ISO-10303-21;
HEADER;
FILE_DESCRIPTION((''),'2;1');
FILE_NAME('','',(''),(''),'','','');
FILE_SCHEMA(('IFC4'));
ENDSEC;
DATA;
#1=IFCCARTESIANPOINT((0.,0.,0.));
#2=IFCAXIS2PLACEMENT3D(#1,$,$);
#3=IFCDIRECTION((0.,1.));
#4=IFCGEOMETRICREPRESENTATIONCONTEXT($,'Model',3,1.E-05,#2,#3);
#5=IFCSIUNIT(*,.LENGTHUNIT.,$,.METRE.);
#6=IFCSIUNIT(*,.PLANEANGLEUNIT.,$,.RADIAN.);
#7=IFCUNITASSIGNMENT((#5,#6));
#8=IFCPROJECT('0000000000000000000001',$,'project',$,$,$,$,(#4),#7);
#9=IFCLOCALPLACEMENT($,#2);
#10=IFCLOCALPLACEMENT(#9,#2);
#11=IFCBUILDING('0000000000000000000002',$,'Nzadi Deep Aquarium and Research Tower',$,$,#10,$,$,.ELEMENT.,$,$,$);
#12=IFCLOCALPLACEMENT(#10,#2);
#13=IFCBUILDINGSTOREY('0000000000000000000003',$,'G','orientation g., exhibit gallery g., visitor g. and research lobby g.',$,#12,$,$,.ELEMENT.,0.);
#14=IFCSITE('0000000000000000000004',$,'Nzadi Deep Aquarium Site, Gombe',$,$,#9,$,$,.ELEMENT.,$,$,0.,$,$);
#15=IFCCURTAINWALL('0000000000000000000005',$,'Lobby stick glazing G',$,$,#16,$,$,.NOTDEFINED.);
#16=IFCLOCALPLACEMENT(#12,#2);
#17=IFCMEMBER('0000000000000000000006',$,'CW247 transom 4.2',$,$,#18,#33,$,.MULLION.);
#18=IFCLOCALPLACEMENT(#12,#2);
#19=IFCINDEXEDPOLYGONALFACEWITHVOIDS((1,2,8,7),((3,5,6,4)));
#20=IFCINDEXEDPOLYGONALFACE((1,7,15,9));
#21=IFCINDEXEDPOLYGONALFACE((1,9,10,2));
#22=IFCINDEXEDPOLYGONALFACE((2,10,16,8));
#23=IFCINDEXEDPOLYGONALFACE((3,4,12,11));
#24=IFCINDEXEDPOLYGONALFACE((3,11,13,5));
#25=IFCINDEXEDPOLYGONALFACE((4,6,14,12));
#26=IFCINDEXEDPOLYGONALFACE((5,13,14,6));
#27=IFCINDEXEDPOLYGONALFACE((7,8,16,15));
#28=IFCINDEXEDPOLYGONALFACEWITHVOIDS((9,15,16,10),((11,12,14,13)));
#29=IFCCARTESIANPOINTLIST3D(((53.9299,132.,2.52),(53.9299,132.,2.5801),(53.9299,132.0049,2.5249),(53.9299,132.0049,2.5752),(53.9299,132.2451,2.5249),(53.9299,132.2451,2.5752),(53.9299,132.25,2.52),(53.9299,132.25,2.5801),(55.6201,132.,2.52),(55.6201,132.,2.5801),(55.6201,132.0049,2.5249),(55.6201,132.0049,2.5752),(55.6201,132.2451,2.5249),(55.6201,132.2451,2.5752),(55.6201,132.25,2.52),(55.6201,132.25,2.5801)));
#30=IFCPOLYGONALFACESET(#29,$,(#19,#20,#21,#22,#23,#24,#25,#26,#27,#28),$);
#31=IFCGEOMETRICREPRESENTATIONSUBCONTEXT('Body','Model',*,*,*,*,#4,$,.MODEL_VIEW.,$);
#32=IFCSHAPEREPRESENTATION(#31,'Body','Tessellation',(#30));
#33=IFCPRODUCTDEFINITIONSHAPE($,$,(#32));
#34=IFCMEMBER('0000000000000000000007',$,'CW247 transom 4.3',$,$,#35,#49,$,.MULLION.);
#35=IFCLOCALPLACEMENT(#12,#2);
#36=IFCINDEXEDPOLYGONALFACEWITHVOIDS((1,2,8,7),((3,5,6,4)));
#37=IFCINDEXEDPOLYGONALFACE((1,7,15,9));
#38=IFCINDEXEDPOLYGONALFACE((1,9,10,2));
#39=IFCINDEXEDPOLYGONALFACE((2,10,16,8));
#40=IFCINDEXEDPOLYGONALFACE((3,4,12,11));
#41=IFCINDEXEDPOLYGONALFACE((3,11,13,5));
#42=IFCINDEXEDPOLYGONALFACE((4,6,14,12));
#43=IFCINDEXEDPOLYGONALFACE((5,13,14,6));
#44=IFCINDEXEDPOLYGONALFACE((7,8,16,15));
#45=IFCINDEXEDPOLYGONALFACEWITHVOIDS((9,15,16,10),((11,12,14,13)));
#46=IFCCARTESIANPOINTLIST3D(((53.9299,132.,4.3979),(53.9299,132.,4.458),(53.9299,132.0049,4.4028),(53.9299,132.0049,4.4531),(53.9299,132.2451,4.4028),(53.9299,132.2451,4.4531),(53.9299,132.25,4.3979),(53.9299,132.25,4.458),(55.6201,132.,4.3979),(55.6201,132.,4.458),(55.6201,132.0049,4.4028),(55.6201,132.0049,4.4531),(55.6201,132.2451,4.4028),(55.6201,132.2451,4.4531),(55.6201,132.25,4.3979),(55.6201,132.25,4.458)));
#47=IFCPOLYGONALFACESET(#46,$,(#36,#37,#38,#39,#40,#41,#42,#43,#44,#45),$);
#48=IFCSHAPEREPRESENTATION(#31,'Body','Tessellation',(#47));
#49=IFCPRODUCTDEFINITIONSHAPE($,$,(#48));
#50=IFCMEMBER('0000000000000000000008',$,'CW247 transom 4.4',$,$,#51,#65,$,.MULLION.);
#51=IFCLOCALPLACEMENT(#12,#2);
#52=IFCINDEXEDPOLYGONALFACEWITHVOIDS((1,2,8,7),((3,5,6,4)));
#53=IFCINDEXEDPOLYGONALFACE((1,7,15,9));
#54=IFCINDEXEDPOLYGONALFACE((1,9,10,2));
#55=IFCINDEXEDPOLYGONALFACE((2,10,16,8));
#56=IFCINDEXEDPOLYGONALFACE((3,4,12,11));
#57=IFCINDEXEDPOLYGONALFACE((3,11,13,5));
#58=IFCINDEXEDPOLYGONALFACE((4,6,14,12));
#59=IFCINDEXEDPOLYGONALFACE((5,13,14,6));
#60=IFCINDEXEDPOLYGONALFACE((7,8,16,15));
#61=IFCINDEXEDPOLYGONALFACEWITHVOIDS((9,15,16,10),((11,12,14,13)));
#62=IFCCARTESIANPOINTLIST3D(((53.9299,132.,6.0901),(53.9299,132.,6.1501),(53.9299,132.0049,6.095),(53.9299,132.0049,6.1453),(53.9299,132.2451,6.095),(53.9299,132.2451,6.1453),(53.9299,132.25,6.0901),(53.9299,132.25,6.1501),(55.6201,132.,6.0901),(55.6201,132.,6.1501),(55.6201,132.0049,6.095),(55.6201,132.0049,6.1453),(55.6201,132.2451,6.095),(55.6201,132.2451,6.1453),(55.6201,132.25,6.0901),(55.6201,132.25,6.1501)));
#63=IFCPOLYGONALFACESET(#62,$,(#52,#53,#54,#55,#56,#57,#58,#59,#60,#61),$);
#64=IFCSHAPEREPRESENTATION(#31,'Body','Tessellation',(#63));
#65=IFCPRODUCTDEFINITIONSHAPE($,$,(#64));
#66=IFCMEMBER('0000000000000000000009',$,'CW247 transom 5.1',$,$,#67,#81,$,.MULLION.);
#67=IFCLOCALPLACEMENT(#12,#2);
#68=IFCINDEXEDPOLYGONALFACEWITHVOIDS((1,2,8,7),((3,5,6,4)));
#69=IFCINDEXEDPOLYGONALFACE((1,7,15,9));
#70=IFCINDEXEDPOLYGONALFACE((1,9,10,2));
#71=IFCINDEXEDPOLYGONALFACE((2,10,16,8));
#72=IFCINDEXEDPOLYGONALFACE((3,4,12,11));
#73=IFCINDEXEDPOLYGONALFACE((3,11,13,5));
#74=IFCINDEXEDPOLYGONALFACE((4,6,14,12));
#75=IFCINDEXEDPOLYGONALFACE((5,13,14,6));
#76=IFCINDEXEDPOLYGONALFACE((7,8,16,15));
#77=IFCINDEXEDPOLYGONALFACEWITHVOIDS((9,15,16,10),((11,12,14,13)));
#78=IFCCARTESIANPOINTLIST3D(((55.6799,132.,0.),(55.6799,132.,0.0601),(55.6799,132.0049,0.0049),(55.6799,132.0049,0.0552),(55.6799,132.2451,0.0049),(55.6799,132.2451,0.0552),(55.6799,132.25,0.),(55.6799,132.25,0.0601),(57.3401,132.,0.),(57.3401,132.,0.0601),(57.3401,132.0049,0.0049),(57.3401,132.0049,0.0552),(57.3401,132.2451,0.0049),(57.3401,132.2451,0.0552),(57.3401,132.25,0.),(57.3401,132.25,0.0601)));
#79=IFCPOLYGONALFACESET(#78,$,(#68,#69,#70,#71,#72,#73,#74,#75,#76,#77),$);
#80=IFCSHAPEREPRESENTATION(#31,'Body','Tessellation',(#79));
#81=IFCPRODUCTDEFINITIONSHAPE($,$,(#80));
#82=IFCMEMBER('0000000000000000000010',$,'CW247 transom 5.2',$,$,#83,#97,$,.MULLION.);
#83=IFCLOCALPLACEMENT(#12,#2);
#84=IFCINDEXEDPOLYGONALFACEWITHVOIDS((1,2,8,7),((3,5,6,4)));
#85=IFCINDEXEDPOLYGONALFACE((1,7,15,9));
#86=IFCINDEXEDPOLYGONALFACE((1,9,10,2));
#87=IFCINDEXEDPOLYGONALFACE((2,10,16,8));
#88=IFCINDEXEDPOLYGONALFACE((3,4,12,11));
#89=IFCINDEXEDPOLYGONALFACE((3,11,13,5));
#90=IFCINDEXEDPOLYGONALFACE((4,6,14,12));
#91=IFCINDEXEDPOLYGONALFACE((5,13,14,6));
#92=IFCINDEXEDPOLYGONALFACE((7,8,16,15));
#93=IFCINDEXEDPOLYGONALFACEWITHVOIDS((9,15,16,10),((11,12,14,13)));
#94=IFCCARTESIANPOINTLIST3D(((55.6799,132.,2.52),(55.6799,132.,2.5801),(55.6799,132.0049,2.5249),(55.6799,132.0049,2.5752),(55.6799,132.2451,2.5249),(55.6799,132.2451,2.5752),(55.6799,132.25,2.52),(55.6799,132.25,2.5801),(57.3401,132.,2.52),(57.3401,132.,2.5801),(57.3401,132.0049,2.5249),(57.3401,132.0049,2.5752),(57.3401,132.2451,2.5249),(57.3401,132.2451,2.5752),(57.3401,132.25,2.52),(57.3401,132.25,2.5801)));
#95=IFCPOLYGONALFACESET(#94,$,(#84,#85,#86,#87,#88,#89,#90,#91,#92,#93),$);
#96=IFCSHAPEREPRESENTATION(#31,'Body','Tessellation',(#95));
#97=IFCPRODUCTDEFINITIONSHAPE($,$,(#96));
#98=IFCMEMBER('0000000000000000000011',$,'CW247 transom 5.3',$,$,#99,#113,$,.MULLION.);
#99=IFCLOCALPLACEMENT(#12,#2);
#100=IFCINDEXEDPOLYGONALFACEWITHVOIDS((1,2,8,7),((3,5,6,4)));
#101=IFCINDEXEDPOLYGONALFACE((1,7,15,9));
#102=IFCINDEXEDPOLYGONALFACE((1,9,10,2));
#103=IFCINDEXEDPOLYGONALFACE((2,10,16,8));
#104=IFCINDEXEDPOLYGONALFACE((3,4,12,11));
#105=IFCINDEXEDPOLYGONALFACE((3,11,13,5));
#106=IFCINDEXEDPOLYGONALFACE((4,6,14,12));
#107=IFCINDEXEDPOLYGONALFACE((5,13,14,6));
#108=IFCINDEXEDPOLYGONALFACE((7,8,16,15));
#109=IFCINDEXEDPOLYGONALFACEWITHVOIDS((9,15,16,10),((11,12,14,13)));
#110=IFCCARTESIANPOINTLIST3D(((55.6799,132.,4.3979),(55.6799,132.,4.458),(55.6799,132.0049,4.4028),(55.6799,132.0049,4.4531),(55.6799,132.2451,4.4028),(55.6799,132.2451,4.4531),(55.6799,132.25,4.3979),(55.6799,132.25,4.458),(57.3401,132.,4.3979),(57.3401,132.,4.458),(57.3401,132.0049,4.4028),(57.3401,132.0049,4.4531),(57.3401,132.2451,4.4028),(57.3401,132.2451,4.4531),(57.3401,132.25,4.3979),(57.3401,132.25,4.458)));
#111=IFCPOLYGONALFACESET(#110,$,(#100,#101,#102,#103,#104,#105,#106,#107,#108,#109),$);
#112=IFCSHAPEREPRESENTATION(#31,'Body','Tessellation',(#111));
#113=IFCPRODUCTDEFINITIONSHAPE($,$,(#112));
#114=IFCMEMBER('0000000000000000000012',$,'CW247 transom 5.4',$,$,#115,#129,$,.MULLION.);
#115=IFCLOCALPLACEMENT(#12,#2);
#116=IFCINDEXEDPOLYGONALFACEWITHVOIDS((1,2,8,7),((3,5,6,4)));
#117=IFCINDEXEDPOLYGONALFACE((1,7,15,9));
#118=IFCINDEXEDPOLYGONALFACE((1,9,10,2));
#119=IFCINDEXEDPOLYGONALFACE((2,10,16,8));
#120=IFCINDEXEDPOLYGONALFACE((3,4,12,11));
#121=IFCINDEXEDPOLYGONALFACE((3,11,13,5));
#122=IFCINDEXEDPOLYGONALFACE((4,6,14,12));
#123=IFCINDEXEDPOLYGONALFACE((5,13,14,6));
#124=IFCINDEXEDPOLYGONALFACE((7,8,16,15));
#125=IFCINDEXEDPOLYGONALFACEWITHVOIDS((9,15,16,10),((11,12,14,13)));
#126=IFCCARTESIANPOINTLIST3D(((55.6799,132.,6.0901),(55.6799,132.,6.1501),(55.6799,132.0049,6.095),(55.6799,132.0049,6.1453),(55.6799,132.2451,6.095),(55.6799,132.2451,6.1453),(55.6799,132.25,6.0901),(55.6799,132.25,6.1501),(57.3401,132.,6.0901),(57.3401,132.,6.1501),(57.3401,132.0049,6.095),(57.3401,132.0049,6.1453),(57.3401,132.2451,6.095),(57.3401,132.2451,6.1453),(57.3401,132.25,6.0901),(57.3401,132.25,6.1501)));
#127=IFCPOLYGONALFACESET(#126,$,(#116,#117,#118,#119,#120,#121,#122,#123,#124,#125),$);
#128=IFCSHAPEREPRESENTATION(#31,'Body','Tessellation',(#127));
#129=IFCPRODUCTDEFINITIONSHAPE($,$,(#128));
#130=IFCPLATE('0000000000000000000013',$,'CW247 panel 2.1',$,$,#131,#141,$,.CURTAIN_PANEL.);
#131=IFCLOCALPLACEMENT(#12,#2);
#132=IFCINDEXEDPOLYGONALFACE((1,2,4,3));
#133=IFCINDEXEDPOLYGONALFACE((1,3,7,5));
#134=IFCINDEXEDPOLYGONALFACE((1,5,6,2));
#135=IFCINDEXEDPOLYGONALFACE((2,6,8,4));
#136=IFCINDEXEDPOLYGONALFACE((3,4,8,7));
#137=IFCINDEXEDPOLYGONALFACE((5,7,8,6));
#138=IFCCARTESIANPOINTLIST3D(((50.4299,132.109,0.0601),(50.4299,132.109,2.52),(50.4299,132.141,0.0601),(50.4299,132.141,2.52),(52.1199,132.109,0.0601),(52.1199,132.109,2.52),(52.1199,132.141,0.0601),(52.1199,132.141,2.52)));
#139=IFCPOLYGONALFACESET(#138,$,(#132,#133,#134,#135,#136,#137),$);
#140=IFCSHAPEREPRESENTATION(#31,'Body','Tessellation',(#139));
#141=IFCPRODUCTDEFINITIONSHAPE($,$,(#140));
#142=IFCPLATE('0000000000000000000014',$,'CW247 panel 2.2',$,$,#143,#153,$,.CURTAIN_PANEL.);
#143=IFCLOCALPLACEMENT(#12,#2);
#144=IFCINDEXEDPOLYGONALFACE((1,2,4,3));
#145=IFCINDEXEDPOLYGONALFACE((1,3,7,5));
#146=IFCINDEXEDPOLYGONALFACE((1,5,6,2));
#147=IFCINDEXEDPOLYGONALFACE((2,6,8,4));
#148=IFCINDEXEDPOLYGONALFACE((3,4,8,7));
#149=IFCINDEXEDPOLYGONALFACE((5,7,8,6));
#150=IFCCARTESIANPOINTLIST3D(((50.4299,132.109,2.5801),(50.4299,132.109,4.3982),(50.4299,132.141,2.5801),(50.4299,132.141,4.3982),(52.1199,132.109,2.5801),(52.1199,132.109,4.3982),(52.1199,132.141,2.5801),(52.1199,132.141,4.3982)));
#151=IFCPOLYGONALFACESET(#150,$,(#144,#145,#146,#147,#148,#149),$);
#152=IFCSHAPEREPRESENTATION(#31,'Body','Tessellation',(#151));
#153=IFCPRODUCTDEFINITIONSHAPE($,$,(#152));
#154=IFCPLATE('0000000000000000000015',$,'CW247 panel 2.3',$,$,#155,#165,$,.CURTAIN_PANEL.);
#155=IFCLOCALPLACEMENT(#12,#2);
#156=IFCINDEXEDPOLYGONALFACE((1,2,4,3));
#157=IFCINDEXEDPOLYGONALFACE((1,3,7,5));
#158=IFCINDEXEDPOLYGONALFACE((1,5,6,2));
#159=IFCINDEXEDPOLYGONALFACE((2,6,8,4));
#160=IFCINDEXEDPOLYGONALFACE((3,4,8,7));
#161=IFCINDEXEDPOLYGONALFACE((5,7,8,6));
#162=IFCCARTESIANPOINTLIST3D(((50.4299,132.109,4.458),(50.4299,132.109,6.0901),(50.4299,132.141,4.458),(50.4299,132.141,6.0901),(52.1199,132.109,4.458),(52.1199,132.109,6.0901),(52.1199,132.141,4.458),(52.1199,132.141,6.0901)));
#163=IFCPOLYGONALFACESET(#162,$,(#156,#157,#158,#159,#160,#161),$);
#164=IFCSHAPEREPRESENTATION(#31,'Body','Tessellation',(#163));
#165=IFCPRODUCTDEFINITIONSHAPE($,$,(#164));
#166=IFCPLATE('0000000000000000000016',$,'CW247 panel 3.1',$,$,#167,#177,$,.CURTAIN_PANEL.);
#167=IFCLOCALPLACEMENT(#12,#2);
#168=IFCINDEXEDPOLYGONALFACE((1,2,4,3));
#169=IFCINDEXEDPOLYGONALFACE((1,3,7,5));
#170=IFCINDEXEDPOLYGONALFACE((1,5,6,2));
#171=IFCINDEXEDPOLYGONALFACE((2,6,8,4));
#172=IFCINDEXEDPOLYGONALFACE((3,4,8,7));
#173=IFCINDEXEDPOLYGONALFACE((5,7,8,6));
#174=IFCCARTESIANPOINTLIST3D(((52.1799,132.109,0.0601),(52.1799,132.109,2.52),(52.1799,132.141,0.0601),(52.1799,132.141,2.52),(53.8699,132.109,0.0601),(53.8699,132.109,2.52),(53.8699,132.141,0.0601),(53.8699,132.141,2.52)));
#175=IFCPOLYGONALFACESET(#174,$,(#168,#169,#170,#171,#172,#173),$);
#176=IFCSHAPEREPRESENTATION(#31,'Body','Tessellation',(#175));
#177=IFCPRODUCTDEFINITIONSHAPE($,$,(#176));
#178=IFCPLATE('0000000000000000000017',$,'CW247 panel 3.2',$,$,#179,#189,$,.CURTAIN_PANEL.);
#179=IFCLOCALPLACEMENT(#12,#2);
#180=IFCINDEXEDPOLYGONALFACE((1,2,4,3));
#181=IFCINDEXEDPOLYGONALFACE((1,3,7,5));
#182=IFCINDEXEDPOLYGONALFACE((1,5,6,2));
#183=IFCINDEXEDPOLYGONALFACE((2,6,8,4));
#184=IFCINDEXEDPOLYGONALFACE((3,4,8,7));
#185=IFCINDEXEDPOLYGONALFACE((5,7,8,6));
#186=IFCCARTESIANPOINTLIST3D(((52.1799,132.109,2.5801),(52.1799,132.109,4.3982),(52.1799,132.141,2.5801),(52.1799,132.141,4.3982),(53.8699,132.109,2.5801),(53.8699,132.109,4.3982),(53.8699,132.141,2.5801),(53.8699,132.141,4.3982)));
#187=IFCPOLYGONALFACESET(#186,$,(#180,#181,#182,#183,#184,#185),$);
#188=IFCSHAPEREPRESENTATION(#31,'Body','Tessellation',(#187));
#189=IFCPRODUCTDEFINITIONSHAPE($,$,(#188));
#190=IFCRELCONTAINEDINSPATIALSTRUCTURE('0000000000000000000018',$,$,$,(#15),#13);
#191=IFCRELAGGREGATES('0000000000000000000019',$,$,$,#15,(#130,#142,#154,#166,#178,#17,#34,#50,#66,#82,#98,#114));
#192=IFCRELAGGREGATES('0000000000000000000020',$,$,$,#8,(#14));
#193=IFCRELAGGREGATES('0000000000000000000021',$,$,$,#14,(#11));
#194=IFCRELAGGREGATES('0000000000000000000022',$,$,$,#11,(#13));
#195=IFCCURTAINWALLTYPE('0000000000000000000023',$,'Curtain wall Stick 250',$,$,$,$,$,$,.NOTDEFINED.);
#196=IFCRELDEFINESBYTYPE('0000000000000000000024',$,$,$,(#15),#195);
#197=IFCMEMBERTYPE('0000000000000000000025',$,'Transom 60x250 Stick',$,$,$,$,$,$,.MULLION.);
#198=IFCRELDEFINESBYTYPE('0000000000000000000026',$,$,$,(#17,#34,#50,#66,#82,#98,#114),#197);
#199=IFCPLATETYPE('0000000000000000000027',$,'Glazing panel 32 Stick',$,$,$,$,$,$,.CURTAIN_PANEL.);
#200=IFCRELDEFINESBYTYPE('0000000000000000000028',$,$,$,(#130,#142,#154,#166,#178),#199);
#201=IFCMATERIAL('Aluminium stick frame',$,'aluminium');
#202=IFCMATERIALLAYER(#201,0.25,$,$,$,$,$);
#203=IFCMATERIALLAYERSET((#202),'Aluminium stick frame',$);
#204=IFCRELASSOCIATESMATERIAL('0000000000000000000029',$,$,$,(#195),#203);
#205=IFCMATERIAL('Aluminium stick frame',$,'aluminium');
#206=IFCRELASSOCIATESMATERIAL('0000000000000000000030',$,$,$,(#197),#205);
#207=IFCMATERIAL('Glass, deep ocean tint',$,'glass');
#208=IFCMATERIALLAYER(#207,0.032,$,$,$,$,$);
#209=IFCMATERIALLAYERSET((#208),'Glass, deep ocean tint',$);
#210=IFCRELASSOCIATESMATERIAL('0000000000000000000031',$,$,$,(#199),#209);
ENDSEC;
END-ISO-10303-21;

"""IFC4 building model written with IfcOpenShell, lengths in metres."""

from ifc_helpers import new_model, si_unit, direction, frame, origin, origin_2d, place, context, subcontext, project, spatial, rectangle, hollow_rectangle, extrude, material, layer, layer_set, material_profile, profile_set, type_object, element, aggregate, save


model = new_model("IFC4")

# Units and contexts
model_context = context("Model", 3, precision=1e-05, world=origin(), true_north=direction((0.0, 1.0)))
body_context = subcontext(model_context, "Body", "Model", "MODEL_VIEW")
ifc_project = project(units=[si_unit("LENGTHUNIT", "METRE"), si_unit("PLANEANGLEUNIT", "RADIAN")], contexts=[model_context])

# Site, building, storey
site_placement = place(None, origin())
site = spatial("IfcSite", under=ifc_project, at=site_placement, Name="Nzadi Deep Aquarium Site, Gombe", CompositionType="ELEMENT", RefElevation=0.0)
building_placement = place(site_placement, origin())
building = spatial("IfcBuilding", under=site, at=building_placement, Name="Nzadi Deep Aquarium and Research Tower", CompositionType="ELEMENT")
storey_placement = place(building_placement, origin())
storey = spatial("IfcBuildingStorey", under=building, at=storey_placement, Name="G", Description="orientation g., exhibit gallery g., visitor g. and research lobby g.", CompositionType="ELEMENT", Elevation=0.0)

# Curtain wall, members, plates
ifc_material_1 = material(Name="Aluminium stick frame", Category="aluminium")
ifc_layer_1 = layer(ifc_material_1, 0.25)
ifc_layer_set_1 = layer_set([ifc_layer_1], Name="Aluminium stick frame")
curtain_wall_type = type_object("IfcCurtainWallType", Name="Curtain wall Stick 250", PredefinedType="NOTDEFINED", material=ifc_layer_set_1)
curtain_wall_placement = place(storey_placement, origin())
curtain_wall = element("IfcCurtainWall", 1, at=curtain_wall_placement, inside=storey, type_object=curtain_wall_type, Name="Lobby stick glazing G", PredefinedType="NOTDEFINED")
ifc_material_2 = material(Name="Aluminium stick frame", Category="aluminium")
ifc_material_profile_1 = material_profile(ifc_material_2, hollow_rectangle(XDim=0.25, YDim=0.0601, WallThickness=0.0049, at=origin_2d()))
ifc_profile_set_1 = profile_set([ifc_material_profile_1], Name="Aluminium stick frame")
member_type_1 = type_object("IfcMemberType", Name="Transom 60x250 Stick", PredefinedType="MULLION", material=ifc_profile_set_1)
member_1_placement = place(storey_placement, frame((53.9299, 132.125, 2.55), z_axis=(1.0, 0.0, 0.0), x_axis=(0.0, 1.0, 0.0)))
member_1 = element("IfcMember", 2, at=member_1_placement, type_object=member_type_1, Name="CW247 transom 4.2", PredefinedType="MULLION", context=body_context, shape_type="SweptSolid", body=[
    extrude(hollow_rectangle(XDim=0.25, YDim=0.0601, WallThickness=0.0049, at=origin_2d()), origin(), (0.0, 0.0, 1.0), 1.6902),
])
member_2_placement = place(storey_placement, frame((53.9299, 132.125, 4.428), z_axis=(1.0, 0.0, 0.0), x_axis=(0.0, 1.0, 0.0)))
member_2 = element("IfcMember", 3, at=member_2_placement, type_object=member_type_1, Name="CW247 transom 4.3", PredefinedType="MULLION", context=body_context, shape_type="SweptSolid", body=[
    extrude(hollow_rectangle(XDim=0.25, YDim=0.0601, WallThickness=0.0049, at=origin_2d()), origin(), (0.0, 0.0, 1.0), 1.6902),
])
member_3_placement = place(storey_placement, frame((53.9299, 132.125, 6.1201), z_axis=(1.0, 0.0, 0.0), x_axis=(0.0, 1.0, 0.0)))
member_3 = element("IfcMember", 4, at=member_3_placement, type_object=member_type_1, Name="CW247 transom 4.4", PredefinedType="MULLION", context=body_context, shape_type="SweptSolid", body=[
    extrude(hollow_rectangle(XDim=0.25, YDim=0.0601, WallThickness=0.0049, at=origin_2d()), origin(), (0.0, 0.0, 1.0), 1.6902),
])
member_4_placement = place(storey_placement, frame((55.6799, 132.125, 0.03), z_axis=(1.0, 0.0, 0.0), x_axis=(0.0, 1.0, 0.0)))
member_4 = element("IfcMember", 5, at=member_4_placement, type_object=member_type_1, Name="CW247 transom 5.1", PredefinedType="MULLION", context=body_context, shape_type="SweptSolid", body=[
    extrude(hollow_rectangle(XDim=0.25, YDim=0.0601, WallThickness=0.0049, at=origin_2d()), origin(), (0.0, 0.0, 1.0), 1.6602),
])
member_5_placement = place(storey_placement, frame((55.6799, 132.125, 2.55), z_axis=(1.0, 0.0, 0.0), x_axis=(0.0, 1.0, 0.0)))
member_5 = element("IfcMember", 6, at=member_5_placement, type_object=member_type_1, Name="CW247 transom 5.2", PredefinedType="MULLION", context=body_context, shape_type="SweptSolid", body=[
    extrude(hollow_rectangle(XDim=0.25, YDim=0.0601, WallThickness=0.0049, at=origin_2d()), origin(), (0.0, 0.0, 1.0), 1.6602),
])
member_6_placement = place(storey_placement, frame((55.6799, 132.125, 4.428), z_axis=(1.0, 0.0, 0.0), x_axis=(0.0, 1.0, 0.0)))
member_6 = element("IfcMember", 7, at=member_6_placement, type_object=member_type_1, Name="CW247 transom 5.3", PredefinedType="MULLION", context=body_context, shape_type="SweptSolid", body=[
    extrude(hollow_rectangle(XDim=0.25, YDim=0.0601, WallThickness=0.0049, at=origin_2d()), origin(), (0.0, 0.0, 1.0), 1.6602),
])
member_7_placement = place(storey_placement, frame((55.6799, 132.125, 6.1201), z_axis=(1.0, 0.0, 0.0), x_axis=(0.0, 1.0, 0.0)))
member_7 = element("IfcMember", 8, at=member_7_placement, type_object=member_type_1, Name="CW247 transom 5.4", PredefinedType="MULLION", context=body_context, shape_type="SweptSolid", body=[
    extrude(hollow_rectangle(XDim=0.25, YDim=0.0601, WallThickness=0.0049, at=origin_2d()), origin(), (0.0, 0.0, 1.0), 1.6602),
])
ifc_material_3 = material(Name="Glass, deep ocean tint", Category="glass")
ifc_layer_2 = layer(ifc_material_3, 0.032)
ifc_layer_set_2 = layer_set([ifc_layer_2], Name="Glass, deep ocean tint")
plate_type = type_object("IfcPlateType", Name="Glazing panel 32 Stick", PredefinedType="CURTAIN_PANEL", material=ifc_layer_set_2)
plate_1_placement = place(storey_placement, frame((51.2749, 132.125, 0.0601), z_axis=(0.0, 0.0, 1.0), x_axis=(1.0, 0.0, 0.0)))
plate_1 = element("IfcPlate", 9, at=plate_1_placement, type_object=plate_type, Name="CW247 panel 2.1", PredefinedType="CURTAIN_PANEL", context=body_context, shape_type="SweptSolid", body=[
    extrude(rectangle(XDim=1.6899, YDim=0.032, at=origin_2d()), origin(), (0.0, 0.0, 1.0), 2.46),
])
plate_2_placement = place(storey_placement, frame((51.2749, 132.125, 2.5801), z_axis=(0.0, 0.0, 1.0), x_axis=(1.0, 0.0, 0.0)))
plate_2 = element("IfcPlate", 10, at=plate_2_placement, type_object=plate_type, Name="CW247 panel 2.2", PredefinedType="CURTAIN_PANEL", context=body_context, shape_type="SweptSolid", body=[
    extrude(rectangle(XDim=1.6899, YDim=0.032, at=origin_2d()), origin(), (0.0, 0.0, 1.0), 1.8181),
])
plate_3_placement = place(storey_placement, frame((51.2749, 132.125, 4.458), z_axis=(0.0, 0.0, 1.0), x_axis=(1.0, 0.0, 0.0)))
plate_3 = element("IfcPlate", 11, at=plate_3_placement, type_object=plate_type, Name="CW247 panel 2.3", PredefinedType="CURTAIN_PANEL", context=body_context, shape_type="SweptSolid", body=[
    extrude(rectangle(XDim=1.6899, YDim=0.032, at=origin_2d()), origin(), (0.0, 0.0, 1.0), 1.6321),
])
plate_4_placement = place(storey_placement, frame((53.0249, 132.125, 0.0601), z_axis=(0.0, 0.0, 1.0), x_axis=(1.0, 0.0, 0.0)))
plate_4 = element("IfcPlate", 12, at=plate_4_placement, type_object=plate_type, Name="CW247 panel 3.1", PredefinedType="CURTAIN_PANEL", context=body_context, shape_type="SweptSolid", body=[
    extrude(rectangle(XDim=1.6899, YDim=0.032, at=origin_2d()), origin(), (0.0, 0.0, 1.0), 2.46),
])
plate_5_placement = place(storey_placement, frame((53.0249, 132.125, 2.5801), z_axis=(0.0, 0.0, 1.0), x_axis=(1.0, 0.0, 0.0)))
plate_5 = element("IfcPlate", 13, at=plate_5_placement, type_object=plate_type, Name="CW247 panel 3.2", PredefinedType="CURTAIN_PANEL", context=body_context, shape_type="SweptSolid", body=[
    extrude(rectangle(XDim=1.6899, YDim=0.032, at=origin_2d()), origin(), (0.0, 0.0, 1.0), 1.8181),
])
aggregate(curtain_wall, [plate_1, plate_2, plate_3, plate_4, plate_5, member_1, member_2, member_3, member_4, member_5, member_6, member_7])

save(model, "model.ifc")
